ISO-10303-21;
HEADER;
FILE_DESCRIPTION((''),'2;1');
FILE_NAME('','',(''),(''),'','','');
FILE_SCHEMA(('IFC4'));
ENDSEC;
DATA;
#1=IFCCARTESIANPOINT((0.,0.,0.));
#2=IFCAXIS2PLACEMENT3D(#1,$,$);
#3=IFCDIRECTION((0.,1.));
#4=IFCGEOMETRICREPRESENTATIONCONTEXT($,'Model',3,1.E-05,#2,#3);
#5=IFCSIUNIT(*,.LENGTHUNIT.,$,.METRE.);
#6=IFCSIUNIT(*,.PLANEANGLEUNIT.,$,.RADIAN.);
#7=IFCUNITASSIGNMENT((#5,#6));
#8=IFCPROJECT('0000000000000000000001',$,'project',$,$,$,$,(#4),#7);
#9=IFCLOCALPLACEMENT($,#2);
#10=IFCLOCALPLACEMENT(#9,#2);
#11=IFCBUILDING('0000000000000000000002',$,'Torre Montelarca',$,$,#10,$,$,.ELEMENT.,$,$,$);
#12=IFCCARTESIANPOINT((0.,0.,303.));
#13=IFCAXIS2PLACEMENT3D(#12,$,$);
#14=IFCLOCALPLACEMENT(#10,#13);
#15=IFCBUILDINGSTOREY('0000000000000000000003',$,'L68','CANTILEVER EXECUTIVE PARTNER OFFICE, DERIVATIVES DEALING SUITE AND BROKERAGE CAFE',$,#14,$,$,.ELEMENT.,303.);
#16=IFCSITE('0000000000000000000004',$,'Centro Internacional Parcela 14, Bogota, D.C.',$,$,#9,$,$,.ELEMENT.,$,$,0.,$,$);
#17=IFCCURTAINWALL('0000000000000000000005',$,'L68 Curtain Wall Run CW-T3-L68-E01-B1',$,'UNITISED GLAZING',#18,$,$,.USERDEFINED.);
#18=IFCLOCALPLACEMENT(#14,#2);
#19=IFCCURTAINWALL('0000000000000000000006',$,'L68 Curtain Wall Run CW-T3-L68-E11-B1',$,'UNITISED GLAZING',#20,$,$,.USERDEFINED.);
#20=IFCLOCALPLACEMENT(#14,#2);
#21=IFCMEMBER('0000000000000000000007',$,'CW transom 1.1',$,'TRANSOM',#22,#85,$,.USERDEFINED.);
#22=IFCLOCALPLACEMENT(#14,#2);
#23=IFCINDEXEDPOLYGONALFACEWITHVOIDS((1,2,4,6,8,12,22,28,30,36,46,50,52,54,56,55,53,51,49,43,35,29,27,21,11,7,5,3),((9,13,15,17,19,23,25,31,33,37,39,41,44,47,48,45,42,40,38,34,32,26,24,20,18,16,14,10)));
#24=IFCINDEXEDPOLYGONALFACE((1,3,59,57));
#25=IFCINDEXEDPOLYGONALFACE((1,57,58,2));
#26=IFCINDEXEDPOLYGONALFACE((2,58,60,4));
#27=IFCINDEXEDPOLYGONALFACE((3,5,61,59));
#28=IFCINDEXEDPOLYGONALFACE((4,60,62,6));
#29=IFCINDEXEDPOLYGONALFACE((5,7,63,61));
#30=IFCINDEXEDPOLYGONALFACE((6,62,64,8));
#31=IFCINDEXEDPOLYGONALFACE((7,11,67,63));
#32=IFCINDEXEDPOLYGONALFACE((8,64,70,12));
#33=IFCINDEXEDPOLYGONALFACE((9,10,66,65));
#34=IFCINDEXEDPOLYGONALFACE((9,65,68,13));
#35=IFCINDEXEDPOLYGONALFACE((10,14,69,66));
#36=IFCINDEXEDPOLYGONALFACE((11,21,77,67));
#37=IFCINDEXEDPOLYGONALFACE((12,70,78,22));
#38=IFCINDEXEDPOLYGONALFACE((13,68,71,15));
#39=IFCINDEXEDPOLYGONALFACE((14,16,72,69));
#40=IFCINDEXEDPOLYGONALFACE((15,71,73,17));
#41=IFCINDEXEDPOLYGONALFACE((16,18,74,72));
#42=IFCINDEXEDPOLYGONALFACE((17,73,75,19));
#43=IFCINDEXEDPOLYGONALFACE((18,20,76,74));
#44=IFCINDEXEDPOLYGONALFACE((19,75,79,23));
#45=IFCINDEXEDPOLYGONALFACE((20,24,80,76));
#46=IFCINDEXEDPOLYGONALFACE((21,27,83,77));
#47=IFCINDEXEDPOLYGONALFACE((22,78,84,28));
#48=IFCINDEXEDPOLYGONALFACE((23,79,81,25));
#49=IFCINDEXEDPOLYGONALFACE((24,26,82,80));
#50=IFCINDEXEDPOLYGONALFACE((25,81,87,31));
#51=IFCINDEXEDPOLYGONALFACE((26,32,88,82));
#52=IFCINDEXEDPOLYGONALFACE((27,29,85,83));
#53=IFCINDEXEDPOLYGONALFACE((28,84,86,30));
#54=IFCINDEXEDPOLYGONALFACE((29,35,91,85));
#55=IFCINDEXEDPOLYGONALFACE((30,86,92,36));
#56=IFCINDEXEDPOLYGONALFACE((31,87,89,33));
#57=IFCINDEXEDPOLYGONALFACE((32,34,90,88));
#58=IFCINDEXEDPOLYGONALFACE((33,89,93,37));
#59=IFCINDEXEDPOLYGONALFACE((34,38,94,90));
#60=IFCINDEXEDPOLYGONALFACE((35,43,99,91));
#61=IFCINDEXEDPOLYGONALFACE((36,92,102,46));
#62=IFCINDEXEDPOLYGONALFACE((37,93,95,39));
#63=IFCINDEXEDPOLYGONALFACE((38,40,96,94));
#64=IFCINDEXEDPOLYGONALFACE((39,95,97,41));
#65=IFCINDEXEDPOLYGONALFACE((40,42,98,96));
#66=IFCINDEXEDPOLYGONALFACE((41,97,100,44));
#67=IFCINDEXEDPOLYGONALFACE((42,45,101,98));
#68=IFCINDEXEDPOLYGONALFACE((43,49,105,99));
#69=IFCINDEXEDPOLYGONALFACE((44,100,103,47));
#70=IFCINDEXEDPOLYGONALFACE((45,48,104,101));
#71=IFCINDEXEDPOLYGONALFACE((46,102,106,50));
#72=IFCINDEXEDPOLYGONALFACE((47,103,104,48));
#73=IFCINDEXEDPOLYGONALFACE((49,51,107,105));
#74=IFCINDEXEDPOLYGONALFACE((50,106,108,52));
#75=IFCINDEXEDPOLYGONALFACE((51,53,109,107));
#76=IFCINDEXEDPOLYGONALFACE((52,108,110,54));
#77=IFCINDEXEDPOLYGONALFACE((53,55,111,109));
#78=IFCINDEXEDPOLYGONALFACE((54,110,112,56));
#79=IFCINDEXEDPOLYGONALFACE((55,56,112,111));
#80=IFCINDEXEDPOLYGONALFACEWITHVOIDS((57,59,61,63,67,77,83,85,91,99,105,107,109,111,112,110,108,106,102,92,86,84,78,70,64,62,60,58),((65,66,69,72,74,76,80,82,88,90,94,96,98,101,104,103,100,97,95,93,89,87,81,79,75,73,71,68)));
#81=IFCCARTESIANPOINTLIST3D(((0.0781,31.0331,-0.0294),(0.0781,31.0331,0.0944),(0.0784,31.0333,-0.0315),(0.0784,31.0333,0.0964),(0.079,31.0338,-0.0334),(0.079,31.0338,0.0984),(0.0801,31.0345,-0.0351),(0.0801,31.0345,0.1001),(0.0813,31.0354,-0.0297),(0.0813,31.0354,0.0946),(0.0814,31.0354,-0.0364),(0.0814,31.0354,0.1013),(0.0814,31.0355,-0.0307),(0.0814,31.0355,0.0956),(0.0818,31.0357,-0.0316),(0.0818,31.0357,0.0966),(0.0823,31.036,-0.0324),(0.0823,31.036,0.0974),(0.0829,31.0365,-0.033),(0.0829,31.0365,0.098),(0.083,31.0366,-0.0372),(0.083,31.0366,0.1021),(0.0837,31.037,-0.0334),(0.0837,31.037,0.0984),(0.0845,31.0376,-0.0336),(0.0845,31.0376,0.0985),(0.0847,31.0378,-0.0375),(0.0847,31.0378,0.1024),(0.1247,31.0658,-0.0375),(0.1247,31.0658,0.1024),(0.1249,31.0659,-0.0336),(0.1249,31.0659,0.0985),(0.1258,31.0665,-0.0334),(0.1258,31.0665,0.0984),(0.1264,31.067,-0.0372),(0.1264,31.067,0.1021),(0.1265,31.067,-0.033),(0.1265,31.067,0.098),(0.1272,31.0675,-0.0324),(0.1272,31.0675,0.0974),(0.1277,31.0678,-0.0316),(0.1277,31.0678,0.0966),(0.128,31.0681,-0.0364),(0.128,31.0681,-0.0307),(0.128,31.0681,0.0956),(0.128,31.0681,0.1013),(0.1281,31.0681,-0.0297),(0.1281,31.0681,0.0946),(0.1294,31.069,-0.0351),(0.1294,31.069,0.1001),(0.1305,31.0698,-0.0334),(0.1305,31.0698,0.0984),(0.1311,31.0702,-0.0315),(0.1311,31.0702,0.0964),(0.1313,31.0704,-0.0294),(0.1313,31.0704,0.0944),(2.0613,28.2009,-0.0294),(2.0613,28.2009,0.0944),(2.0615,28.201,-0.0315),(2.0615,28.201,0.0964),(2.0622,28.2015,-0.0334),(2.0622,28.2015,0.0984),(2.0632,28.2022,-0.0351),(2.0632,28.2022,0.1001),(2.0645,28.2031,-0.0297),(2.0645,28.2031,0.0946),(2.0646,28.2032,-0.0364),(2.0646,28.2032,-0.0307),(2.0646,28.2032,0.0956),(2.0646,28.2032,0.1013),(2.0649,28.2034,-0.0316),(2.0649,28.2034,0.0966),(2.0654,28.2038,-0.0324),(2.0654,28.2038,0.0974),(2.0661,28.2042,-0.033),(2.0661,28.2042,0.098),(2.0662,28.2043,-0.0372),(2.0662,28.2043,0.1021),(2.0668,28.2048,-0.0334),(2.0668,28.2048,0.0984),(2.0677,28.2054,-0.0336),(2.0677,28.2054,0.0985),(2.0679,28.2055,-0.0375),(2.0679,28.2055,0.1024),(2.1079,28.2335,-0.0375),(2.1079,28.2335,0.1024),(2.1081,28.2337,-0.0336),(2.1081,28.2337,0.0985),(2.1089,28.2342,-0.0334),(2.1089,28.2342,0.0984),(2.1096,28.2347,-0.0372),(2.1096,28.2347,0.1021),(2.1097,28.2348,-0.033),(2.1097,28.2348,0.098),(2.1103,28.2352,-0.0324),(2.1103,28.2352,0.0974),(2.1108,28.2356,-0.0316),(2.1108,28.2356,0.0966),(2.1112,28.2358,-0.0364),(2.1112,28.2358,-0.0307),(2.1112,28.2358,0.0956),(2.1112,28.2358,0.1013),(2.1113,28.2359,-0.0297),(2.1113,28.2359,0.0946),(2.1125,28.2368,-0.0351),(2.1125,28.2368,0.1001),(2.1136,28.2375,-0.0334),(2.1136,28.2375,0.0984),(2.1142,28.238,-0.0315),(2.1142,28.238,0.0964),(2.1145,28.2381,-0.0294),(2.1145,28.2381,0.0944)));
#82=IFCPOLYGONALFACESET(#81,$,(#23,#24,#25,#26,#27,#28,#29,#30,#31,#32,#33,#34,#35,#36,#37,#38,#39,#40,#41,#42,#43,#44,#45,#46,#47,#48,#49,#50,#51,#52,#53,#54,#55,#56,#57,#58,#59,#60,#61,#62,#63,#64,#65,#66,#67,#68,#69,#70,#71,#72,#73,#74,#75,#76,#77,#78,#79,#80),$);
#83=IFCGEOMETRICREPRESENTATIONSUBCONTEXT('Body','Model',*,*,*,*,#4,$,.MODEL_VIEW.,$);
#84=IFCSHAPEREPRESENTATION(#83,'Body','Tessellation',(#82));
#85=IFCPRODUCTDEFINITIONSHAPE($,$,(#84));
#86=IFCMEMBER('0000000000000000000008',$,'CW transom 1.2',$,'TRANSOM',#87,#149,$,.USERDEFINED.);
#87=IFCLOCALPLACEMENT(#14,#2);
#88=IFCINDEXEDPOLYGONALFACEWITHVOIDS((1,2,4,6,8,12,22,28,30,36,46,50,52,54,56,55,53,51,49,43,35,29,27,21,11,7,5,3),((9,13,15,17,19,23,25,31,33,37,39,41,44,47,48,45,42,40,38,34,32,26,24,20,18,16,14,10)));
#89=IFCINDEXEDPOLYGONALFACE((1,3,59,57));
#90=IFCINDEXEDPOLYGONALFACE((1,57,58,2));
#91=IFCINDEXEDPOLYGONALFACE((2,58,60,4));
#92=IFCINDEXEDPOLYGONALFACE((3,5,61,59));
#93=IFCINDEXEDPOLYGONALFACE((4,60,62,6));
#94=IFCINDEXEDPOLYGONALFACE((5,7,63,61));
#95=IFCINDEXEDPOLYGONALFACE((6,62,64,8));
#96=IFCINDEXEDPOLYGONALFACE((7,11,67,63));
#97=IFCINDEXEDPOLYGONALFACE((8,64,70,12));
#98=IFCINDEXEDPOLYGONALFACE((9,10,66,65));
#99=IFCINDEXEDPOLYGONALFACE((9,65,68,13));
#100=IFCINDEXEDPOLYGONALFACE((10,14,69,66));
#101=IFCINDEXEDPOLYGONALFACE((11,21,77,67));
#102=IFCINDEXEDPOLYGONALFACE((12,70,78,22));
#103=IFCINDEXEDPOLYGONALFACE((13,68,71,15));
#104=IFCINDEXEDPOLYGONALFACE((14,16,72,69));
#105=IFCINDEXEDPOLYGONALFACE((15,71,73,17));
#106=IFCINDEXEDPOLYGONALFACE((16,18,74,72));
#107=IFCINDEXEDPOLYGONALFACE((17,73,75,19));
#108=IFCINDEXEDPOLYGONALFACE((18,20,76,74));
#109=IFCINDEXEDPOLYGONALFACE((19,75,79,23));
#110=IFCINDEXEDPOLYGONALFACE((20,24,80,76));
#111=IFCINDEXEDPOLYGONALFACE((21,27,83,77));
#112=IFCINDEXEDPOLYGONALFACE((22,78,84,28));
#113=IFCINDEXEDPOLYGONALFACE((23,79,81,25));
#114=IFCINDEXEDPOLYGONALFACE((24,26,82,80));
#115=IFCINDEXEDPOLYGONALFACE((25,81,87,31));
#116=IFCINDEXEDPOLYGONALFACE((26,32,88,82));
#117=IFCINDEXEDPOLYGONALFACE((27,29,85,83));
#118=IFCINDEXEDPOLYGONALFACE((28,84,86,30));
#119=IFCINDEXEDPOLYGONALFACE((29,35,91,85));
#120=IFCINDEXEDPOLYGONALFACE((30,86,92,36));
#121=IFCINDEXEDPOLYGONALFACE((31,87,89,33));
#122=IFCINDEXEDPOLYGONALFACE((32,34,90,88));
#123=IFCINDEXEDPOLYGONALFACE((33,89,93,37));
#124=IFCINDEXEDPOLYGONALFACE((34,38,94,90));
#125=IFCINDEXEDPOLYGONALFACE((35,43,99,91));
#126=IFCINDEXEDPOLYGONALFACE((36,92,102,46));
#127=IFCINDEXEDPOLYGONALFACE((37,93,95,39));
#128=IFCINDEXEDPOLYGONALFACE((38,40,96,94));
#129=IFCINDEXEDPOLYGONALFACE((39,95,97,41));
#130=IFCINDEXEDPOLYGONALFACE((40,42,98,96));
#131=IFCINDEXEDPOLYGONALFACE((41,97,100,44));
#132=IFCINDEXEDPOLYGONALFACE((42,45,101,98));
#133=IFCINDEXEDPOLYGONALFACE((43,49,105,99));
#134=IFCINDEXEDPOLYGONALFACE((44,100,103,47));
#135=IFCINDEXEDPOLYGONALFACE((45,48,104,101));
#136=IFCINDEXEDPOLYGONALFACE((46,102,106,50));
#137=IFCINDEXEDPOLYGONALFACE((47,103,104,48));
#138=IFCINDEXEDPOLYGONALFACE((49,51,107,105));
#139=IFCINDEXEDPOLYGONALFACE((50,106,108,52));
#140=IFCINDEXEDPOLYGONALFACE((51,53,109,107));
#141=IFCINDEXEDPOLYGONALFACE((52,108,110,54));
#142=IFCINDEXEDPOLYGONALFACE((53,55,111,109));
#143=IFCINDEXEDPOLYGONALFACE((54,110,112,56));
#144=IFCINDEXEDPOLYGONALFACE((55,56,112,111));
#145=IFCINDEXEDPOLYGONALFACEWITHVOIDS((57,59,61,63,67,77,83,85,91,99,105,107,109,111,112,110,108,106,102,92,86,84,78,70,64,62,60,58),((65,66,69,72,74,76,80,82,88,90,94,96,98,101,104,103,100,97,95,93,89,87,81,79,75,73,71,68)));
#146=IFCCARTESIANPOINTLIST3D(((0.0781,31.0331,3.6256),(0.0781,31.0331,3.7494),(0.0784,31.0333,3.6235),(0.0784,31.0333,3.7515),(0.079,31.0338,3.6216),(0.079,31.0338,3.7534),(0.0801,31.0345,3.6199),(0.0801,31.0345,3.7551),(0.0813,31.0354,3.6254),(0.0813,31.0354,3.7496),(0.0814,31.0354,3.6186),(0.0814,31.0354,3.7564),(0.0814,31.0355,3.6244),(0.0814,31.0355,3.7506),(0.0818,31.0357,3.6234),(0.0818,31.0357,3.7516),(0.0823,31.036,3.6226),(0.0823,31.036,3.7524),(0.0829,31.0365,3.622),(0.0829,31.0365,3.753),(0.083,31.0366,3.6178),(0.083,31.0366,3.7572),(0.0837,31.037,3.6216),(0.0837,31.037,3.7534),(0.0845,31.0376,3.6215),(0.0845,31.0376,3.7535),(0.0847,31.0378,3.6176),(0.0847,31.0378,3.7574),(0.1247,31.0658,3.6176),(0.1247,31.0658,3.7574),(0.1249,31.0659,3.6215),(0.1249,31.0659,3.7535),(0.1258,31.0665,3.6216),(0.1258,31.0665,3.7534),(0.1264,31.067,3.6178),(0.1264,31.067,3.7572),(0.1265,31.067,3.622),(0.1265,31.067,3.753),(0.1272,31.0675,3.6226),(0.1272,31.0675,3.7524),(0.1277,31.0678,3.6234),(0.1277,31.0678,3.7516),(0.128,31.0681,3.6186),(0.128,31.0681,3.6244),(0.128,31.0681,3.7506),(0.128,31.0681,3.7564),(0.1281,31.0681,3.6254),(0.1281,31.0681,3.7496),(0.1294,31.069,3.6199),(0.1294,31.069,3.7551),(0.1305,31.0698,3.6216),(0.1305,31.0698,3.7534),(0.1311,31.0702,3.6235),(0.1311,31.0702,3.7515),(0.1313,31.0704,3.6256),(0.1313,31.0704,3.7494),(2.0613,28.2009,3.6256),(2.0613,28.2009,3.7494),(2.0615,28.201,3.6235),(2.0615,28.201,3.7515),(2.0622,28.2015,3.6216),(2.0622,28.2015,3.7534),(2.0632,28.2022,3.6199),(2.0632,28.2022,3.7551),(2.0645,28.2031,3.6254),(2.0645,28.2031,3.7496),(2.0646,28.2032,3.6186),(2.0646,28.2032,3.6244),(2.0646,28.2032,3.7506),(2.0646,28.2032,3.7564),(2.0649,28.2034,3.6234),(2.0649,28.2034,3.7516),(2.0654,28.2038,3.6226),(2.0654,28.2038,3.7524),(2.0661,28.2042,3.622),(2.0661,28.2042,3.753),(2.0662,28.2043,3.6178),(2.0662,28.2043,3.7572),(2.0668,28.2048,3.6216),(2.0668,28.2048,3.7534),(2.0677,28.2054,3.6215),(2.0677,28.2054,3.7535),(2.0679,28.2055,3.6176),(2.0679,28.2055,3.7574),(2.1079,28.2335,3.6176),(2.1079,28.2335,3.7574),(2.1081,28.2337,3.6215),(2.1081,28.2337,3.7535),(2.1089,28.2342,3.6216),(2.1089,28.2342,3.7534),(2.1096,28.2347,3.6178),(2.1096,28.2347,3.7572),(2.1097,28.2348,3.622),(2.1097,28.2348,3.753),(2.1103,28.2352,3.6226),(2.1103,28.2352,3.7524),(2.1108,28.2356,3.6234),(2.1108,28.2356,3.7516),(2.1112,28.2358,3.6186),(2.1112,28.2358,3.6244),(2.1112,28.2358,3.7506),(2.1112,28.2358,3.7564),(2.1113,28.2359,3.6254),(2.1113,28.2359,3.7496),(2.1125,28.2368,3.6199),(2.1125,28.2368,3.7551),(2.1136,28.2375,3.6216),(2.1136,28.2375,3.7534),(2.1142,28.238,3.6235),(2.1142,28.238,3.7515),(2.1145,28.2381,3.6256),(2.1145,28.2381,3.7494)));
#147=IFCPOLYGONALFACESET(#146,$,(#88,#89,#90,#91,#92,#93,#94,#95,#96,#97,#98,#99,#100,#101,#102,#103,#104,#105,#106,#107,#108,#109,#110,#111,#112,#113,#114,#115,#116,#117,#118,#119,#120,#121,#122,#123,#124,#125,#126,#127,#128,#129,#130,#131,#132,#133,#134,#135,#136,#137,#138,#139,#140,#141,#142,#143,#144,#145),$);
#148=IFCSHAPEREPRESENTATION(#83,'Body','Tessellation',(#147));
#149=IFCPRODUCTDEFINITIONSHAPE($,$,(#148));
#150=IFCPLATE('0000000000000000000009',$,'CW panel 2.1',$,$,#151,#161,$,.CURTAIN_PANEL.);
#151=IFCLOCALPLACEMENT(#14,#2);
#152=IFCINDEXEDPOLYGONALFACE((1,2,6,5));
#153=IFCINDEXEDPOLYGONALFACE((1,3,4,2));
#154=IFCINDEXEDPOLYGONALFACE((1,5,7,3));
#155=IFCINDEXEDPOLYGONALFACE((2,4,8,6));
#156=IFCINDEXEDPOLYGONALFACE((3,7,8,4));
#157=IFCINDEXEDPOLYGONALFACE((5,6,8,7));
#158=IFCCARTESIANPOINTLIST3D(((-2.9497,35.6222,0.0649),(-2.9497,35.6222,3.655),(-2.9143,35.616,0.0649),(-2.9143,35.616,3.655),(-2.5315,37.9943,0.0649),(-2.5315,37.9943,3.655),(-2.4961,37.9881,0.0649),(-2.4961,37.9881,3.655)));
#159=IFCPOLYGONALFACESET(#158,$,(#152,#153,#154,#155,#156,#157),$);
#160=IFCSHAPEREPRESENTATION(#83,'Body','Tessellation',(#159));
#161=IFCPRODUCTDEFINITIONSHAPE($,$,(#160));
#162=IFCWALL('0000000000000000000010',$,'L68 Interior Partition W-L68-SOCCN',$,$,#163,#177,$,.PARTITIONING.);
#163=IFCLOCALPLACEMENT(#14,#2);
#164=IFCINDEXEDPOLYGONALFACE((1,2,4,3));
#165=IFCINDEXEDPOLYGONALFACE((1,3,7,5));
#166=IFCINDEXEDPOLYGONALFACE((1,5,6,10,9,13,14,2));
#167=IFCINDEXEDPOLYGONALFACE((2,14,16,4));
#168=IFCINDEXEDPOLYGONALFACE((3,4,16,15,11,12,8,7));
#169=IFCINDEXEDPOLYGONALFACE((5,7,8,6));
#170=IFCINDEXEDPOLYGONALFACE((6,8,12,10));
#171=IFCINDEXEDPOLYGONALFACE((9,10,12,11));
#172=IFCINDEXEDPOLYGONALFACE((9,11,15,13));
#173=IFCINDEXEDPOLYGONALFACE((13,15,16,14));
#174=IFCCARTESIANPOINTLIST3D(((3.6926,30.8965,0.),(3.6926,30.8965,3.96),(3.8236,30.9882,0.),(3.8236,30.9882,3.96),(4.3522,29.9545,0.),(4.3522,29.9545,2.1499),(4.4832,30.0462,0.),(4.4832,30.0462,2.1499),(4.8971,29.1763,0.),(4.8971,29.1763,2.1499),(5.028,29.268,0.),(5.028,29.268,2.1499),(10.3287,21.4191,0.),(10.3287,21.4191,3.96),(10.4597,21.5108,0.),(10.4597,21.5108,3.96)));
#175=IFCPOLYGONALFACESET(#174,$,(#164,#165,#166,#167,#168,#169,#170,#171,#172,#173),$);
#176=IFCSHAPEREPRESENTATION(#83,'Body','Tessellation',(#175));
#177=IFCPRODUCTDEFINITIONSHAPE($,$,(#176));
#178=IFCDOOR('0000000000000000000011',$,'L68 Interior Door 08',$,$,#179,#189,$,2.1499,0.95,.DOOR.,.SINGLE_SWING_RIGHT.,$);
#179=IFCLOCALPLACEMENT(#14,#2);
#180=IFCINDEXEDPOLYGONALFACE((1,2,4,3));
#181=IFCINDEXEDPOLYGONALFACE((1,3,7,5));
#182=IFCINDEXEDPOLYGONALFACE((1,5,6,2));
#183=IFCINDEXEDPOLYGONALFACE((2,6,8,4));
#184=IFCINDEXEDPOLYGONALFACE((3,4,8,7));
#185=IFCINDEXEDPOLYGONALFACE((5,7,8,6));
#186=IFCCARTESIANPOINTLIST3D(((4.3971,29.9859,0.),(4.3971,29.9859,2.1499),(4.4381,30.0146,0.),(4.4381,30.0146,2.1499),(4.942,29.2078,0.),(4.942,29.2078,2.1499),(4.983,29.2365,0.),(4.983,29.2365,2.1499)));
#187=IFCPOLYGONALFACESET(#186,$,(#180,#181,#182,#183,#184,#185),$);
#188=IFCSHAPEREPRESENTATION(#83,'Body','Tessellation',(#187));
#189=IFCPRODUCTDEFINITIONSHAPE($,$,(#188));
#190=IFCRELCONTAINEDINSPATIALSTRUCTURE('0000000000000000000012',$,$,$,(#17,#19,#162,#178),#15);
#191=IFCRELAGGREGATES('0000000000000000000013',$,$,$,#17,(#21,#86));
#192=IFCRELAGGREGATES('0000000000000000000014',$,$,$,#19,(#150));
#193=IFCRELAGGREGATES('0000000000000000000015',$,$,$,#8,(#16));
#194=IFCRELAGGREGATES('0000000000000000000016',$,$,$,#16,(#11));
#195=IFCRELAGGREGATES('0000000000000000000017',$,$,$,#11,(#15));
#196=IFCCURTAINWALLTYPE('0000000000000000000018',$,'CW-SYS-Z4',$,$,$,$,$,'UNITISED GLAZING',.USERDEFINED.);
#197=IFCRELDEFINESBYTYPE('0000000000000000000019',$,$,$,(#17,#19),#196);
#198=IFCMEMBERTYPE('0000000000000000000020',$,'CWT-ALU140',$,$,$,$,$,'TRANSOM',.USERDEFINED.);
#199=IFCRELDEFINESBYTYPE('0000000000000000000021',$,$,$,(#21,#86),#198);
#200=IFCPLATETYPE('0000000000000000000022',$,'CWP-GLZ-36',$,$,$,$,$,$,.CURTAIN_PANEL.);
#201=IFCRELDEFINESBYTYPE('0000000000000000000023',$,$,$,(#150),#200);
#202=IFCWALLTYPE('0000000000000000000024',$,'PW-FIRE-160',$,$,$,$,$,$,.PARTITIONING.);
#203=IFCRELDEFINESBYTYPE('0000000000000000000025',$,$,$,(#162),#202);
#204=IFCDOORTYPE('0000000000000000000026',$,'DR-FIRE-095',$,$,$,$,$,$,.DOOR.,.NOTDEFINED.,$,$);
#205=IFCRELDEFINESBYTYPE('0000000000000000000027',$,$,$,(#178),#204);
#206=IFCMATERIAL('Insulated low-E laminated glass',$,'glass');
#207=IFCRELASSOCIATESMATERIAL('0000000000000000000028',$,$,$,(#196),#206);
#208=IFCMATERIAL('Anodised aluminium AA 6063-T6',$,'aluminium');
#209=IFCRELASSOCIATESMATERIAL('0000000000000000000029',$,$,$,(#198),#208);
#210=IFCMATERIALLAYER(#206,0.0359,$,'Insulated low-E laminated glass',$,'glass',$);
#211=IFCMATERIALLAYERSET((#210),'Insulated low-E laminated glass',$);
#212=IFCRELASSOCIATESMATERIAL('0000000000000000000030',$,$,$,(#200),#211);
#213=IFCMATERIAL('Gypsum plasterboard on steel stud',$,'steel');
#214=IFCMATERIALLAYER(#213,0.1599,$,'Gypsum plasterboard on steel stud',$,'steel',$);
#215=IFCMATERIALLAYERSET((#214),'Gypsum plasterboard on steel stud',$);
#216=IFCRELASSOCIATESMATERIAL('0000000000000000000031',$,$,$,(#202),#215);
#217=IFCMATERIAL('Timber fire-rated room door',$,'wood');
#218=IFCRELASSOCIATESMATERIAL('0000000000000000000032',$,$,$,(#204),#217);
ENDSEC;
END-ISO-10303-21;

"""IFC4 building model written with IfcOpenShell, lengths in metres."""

from ifc_helpers import new_model, si_unit, direction, frame, frame_2d, origin, origin_2d, place, context, subcontext, project, spatial, rectangle, hollow_rectangle, extrude, source, transform, mapped, material, layer, layer_set, material_profile, profile_set, type_object, element, fill, aggregate, save


model = new_model("IFC4")

# Units and contexts
model_context = context("Model", 3, precision=1e-05, world=origin(), true_north=direction((0.0, 1.0)))
body_context = subcontext(model_context, "Body", "Model", "MODEL_VIEW")
ifc_project = project(units=[si_unit("LENGTHUNIT", "METRE"), si_unit("PLANEANGLEUNIT", "RADIAN")], contexts=[model_context])

# Site, building, storey
site_placement = place(None, origin())
site = spatial("IfcSite", under=ifc_project, at=site_placement, Name="Centro Internacional Parcela 14, Bogota, D.C.", CompositionType="ELEMENT", RefElevation=0.0)
building_placement = place(site_placement, origin())
building = spatial("IfcBuilding", under=site, at=building_placement, Name="Torre Montelarca", CompositionType="ELEMENT")
storey_placement = place(building_placement, frame((0.0, 0.0, 303.0)))
storey = spatial("IfcBuildingStorey", under=building, at=storey_placement, Name="L68", Description="CANTILEVER EXECUTIVE PARTNER OFFICE, DERIVATIVES DEALING SUITE AND BROKERAGE CAFE", CompositionType="ELEMENT", Elevation=303.0)

# Curtain walls
ifc_material_1 = material(Name="Insulated low-E laminated glass", Category="glass")
curtain_wall_type = type_object("IfcCurtainWallType", Name="CW-SYS-Z4", ElementType="UNITISED GLAZING", PredefinedType="USERDEFINED", material=ifc_material_1)
curtain_wall_1_placement = place(storey_placement, origin())
curtain_wall_1 = element("IfcCurtainWall", 1, at=curtain_wall_1_placement, inside=storey, type_object=curtain_wall_type, Name="L68 Curtain Wall Run CW-T3-L68-E01-B1", ObjectType="UNITISED GLAZING", PredefinedType="USERDEFINED")
ifc_material_2 = material(Name="Anodised aluminium AA 6063-T6", Category="aluminium")
curtain_wall_2_placement = place(storey_placement, origin())
curtain_wall_2 = element("IfcCurtainWall", 2, at=curtain_wall_2_placement, inside=storey, type_object=curtain_wall_type, Name="L68 Curtain Wall Run CW-T3-L68-E11-B1", ObjectType="UNITISED GLAZING", PredefinedType="USERDEFINED")

# Members
ifc_material_profile_1 = material_profile(ifc_material_2, hollow_rectangle(XDim=0.0649, YDim=0.1399, WallThickness=0.0039, InnerFilletRadius=0.0039, OuterFilletRadius=0.0081, at=origin_2d()), Name="ALU65X140X4", Category="aluminium")
ifc_profile_set_1 = profile_set([ifc_material_profile_1], Name="Anodised aluminium AA 6063-T6")
member_type_1 = type_object("IfcMemberType", Name="CWT-ALU140", ElementType="TRANSOM", PredefinedType="USERDEFINED", material=ifc_profile_set_1)
shared_shape_1 = source(origin(), body_context, "Body", "SweptSolid", [
    extrude(hollow_rectangle(XDim=0.0649, YDim=0.1399, WallThickness=0.0039, InnerFilletRadius=0.0039, OuterFilletRadius=0.0081, at=origin_2d()), origin(), (0.0, 0.0, 1.0), 3.4575),
])
member_1_placement = place(storey_placement, frame((0.1047, 31.0518, 0.0325), z_axis=(0.573571, -0.819156, 0.0), x_axis=(0.819156, 0.573571, 0.0)))
member_1 = element("IfcMember", 3, at=member_1_placement, type_object=member_type_1, Name="CW transom 1.1", ObjectType="TRANSOM", PredefinedType="USERDEFINED", context=body_context, shape_type="MappedRepresentation", body=[
    mapped(shared_shape_1, transform((0.0, 0.0, 0.0), scale=1.0)),
])
member_2_placement = place(storey_placement, frame((0.1047, 31.0518, 3.6875), z_axis=(0.573571, -0.819156, 0.0), x_axis=(0.819156, 0.573571, 0.0)))
member_2 = element("IfcMember", 4, at=member_2_placement, type_object=member_type_1, Name="CW transom 1.2", ObjectType="TRANSOM", PredefinedType="USERDEFINED", context=body_context, shape_type="MappedRepresentation", body=[
    mapped(shared_shape_1, transform((0.0, 0.0, 0.0), scale=1.0)),
])
aggregate(curtain_wall_1, [member_1, member_2])

# Plate
ifc_layer_1 = layer(ifc_material_1, 0.0359, Name="Insulated low-E laminated glass", Category="glass")
ifc_layer_set_1 = layer_set([ifc_layer_1], Name="Insulated low-E laminated glass")
plate_type = type_object("IfcPlateType", Name="CWP-GLZ-36", PredefinedType="CURTAIN_PANEL", material=ifc_layer_set_1)
shared_shape_2 = source(origin(), body_context, "Body", "SweptSolid", [
    extrude(rectangle(XDim=2.4087, YDim=0.0359, at=origin_2d()), origin(), (0.0, 0.0, 1.0), 3.5901),
])
plate_placement = place(storey_placement, frame((-2.7229, 36.8052, 0.0649), z_axis=(0.0, 0.0, 1.0), x_axis=(-0.173635, -0.98481, 0.0)))
plate = element("IfcPlate", 5, at=plate_placement, type_object=plate_type, Name="CW panel 2.1", PredefinedType="CURTAIN_PANEL", context=body_context, shape_type="MappedRepresentation", body=[
    mapped(shared_shape_2, transform((0.0, 0.0, 0.0), scale=1.0)),
])
aggregate(curtain_wall_2, [plate])

# Wall, opening, door
ifc_material_3 = material(Name="Gypsum plasterboard on steel stud", Category="steel")
ifc_layer_2 = layer(ifc_material_3, 0.1599, Name="Gypsum plasterboard on steel stud", Category="steel")
ifc_layer_set_2 = layer_set([ifc_layer_2], Name="Gypsum plasterboard on steel stud")
wall_type_1 = type_object("IfcWallType", Name="PW-FIRE-160", PredefinedType="PARTITIONING", material=ifc_layer_set_2)
wall_1_placement = place(storey_placement, frame((3.7581, 30.9424, 0.0), z_axis=(0.0, 0.0, 1.0), x_axis=(0.573576, -0.819153, 0.0)))
wall_1 = element("IfcWall", 6, at=wall_1_placement, inside=storey, type_object=wall_type_1, Name="L68 Interior Partition W-L68-SOCCN", PredefinedType="PARTITIONING", context=body_context, shape_type="SweptSolid", body=[
    extrude(rectangle(XDim=11.5698, YDim=0.1599, at=frame_2d((5.7849, 0.0))), origin(), (0.0, 0.0, 1.0), 3.96),
])
opening_1_placement = place(wall_1_placement, frame((1.1499, 0.0, 0.0)))
opening_1 = element("IfcOpeningElement", 7, at=opening_1_placement, cuts=wall_1, PredefinedType="OPENING", context=body_context, shape_type="SweptSolid", body=[
    extrude(rectangle(XDim=0.95, YDim=2.1499, at=frame_2d((0.4751, 1.075))), frame((0.0, 0.0898, 0.0), z_axis=(0.0, -1.0, 0.0), x_axis=(1.0, 0.0, 0.0)), (0.0, 0.0, 1.0), 0.1799),
])
ifc_material_4 = material(Name="Timber fire-rated room door", Category="wood")
door_type_1 = type_object("IfcDoorType", Name="DR-FIRE-095", OperationType="NOTDEFINED", PredefinedType="DOOR", material=ifc_material_4)
shared_shape_3 = source(origin(), body_context, "Body", "SweptSolid", [
    extrude(rectangle(XDim=0.95, YDim=2.1499, at=frame_2d((0.4751, 1.075))), frame((0.0, 0.0249, 0.0), z_axis=(0.0, -1.0, 0.0), x_axis=(1.0, 0.0, 0.0)), (0.0, 0.0, 1.0), 0.05),
])
door_1_placement = place(opening_1_placement, origin())
door_1 = element("IfcDoor", 8, at=door_1_placement, inside=storey, type_object=door_type_1, Name="L68 Interior Door 08", OperationType="SINGLE_SWING_RIGHT", OverallHeight=2.1499, OverallWidth=0.95, PredefinedType="DOOR", context=body_context, shape_type="MappedRepresentation", body=[
    mapped(shared_shape_3, transform((0.0, 0.0, 0.0), scale=1.0)),
])
fill(opening_1, door_1)

save(model, "model.ifc")
